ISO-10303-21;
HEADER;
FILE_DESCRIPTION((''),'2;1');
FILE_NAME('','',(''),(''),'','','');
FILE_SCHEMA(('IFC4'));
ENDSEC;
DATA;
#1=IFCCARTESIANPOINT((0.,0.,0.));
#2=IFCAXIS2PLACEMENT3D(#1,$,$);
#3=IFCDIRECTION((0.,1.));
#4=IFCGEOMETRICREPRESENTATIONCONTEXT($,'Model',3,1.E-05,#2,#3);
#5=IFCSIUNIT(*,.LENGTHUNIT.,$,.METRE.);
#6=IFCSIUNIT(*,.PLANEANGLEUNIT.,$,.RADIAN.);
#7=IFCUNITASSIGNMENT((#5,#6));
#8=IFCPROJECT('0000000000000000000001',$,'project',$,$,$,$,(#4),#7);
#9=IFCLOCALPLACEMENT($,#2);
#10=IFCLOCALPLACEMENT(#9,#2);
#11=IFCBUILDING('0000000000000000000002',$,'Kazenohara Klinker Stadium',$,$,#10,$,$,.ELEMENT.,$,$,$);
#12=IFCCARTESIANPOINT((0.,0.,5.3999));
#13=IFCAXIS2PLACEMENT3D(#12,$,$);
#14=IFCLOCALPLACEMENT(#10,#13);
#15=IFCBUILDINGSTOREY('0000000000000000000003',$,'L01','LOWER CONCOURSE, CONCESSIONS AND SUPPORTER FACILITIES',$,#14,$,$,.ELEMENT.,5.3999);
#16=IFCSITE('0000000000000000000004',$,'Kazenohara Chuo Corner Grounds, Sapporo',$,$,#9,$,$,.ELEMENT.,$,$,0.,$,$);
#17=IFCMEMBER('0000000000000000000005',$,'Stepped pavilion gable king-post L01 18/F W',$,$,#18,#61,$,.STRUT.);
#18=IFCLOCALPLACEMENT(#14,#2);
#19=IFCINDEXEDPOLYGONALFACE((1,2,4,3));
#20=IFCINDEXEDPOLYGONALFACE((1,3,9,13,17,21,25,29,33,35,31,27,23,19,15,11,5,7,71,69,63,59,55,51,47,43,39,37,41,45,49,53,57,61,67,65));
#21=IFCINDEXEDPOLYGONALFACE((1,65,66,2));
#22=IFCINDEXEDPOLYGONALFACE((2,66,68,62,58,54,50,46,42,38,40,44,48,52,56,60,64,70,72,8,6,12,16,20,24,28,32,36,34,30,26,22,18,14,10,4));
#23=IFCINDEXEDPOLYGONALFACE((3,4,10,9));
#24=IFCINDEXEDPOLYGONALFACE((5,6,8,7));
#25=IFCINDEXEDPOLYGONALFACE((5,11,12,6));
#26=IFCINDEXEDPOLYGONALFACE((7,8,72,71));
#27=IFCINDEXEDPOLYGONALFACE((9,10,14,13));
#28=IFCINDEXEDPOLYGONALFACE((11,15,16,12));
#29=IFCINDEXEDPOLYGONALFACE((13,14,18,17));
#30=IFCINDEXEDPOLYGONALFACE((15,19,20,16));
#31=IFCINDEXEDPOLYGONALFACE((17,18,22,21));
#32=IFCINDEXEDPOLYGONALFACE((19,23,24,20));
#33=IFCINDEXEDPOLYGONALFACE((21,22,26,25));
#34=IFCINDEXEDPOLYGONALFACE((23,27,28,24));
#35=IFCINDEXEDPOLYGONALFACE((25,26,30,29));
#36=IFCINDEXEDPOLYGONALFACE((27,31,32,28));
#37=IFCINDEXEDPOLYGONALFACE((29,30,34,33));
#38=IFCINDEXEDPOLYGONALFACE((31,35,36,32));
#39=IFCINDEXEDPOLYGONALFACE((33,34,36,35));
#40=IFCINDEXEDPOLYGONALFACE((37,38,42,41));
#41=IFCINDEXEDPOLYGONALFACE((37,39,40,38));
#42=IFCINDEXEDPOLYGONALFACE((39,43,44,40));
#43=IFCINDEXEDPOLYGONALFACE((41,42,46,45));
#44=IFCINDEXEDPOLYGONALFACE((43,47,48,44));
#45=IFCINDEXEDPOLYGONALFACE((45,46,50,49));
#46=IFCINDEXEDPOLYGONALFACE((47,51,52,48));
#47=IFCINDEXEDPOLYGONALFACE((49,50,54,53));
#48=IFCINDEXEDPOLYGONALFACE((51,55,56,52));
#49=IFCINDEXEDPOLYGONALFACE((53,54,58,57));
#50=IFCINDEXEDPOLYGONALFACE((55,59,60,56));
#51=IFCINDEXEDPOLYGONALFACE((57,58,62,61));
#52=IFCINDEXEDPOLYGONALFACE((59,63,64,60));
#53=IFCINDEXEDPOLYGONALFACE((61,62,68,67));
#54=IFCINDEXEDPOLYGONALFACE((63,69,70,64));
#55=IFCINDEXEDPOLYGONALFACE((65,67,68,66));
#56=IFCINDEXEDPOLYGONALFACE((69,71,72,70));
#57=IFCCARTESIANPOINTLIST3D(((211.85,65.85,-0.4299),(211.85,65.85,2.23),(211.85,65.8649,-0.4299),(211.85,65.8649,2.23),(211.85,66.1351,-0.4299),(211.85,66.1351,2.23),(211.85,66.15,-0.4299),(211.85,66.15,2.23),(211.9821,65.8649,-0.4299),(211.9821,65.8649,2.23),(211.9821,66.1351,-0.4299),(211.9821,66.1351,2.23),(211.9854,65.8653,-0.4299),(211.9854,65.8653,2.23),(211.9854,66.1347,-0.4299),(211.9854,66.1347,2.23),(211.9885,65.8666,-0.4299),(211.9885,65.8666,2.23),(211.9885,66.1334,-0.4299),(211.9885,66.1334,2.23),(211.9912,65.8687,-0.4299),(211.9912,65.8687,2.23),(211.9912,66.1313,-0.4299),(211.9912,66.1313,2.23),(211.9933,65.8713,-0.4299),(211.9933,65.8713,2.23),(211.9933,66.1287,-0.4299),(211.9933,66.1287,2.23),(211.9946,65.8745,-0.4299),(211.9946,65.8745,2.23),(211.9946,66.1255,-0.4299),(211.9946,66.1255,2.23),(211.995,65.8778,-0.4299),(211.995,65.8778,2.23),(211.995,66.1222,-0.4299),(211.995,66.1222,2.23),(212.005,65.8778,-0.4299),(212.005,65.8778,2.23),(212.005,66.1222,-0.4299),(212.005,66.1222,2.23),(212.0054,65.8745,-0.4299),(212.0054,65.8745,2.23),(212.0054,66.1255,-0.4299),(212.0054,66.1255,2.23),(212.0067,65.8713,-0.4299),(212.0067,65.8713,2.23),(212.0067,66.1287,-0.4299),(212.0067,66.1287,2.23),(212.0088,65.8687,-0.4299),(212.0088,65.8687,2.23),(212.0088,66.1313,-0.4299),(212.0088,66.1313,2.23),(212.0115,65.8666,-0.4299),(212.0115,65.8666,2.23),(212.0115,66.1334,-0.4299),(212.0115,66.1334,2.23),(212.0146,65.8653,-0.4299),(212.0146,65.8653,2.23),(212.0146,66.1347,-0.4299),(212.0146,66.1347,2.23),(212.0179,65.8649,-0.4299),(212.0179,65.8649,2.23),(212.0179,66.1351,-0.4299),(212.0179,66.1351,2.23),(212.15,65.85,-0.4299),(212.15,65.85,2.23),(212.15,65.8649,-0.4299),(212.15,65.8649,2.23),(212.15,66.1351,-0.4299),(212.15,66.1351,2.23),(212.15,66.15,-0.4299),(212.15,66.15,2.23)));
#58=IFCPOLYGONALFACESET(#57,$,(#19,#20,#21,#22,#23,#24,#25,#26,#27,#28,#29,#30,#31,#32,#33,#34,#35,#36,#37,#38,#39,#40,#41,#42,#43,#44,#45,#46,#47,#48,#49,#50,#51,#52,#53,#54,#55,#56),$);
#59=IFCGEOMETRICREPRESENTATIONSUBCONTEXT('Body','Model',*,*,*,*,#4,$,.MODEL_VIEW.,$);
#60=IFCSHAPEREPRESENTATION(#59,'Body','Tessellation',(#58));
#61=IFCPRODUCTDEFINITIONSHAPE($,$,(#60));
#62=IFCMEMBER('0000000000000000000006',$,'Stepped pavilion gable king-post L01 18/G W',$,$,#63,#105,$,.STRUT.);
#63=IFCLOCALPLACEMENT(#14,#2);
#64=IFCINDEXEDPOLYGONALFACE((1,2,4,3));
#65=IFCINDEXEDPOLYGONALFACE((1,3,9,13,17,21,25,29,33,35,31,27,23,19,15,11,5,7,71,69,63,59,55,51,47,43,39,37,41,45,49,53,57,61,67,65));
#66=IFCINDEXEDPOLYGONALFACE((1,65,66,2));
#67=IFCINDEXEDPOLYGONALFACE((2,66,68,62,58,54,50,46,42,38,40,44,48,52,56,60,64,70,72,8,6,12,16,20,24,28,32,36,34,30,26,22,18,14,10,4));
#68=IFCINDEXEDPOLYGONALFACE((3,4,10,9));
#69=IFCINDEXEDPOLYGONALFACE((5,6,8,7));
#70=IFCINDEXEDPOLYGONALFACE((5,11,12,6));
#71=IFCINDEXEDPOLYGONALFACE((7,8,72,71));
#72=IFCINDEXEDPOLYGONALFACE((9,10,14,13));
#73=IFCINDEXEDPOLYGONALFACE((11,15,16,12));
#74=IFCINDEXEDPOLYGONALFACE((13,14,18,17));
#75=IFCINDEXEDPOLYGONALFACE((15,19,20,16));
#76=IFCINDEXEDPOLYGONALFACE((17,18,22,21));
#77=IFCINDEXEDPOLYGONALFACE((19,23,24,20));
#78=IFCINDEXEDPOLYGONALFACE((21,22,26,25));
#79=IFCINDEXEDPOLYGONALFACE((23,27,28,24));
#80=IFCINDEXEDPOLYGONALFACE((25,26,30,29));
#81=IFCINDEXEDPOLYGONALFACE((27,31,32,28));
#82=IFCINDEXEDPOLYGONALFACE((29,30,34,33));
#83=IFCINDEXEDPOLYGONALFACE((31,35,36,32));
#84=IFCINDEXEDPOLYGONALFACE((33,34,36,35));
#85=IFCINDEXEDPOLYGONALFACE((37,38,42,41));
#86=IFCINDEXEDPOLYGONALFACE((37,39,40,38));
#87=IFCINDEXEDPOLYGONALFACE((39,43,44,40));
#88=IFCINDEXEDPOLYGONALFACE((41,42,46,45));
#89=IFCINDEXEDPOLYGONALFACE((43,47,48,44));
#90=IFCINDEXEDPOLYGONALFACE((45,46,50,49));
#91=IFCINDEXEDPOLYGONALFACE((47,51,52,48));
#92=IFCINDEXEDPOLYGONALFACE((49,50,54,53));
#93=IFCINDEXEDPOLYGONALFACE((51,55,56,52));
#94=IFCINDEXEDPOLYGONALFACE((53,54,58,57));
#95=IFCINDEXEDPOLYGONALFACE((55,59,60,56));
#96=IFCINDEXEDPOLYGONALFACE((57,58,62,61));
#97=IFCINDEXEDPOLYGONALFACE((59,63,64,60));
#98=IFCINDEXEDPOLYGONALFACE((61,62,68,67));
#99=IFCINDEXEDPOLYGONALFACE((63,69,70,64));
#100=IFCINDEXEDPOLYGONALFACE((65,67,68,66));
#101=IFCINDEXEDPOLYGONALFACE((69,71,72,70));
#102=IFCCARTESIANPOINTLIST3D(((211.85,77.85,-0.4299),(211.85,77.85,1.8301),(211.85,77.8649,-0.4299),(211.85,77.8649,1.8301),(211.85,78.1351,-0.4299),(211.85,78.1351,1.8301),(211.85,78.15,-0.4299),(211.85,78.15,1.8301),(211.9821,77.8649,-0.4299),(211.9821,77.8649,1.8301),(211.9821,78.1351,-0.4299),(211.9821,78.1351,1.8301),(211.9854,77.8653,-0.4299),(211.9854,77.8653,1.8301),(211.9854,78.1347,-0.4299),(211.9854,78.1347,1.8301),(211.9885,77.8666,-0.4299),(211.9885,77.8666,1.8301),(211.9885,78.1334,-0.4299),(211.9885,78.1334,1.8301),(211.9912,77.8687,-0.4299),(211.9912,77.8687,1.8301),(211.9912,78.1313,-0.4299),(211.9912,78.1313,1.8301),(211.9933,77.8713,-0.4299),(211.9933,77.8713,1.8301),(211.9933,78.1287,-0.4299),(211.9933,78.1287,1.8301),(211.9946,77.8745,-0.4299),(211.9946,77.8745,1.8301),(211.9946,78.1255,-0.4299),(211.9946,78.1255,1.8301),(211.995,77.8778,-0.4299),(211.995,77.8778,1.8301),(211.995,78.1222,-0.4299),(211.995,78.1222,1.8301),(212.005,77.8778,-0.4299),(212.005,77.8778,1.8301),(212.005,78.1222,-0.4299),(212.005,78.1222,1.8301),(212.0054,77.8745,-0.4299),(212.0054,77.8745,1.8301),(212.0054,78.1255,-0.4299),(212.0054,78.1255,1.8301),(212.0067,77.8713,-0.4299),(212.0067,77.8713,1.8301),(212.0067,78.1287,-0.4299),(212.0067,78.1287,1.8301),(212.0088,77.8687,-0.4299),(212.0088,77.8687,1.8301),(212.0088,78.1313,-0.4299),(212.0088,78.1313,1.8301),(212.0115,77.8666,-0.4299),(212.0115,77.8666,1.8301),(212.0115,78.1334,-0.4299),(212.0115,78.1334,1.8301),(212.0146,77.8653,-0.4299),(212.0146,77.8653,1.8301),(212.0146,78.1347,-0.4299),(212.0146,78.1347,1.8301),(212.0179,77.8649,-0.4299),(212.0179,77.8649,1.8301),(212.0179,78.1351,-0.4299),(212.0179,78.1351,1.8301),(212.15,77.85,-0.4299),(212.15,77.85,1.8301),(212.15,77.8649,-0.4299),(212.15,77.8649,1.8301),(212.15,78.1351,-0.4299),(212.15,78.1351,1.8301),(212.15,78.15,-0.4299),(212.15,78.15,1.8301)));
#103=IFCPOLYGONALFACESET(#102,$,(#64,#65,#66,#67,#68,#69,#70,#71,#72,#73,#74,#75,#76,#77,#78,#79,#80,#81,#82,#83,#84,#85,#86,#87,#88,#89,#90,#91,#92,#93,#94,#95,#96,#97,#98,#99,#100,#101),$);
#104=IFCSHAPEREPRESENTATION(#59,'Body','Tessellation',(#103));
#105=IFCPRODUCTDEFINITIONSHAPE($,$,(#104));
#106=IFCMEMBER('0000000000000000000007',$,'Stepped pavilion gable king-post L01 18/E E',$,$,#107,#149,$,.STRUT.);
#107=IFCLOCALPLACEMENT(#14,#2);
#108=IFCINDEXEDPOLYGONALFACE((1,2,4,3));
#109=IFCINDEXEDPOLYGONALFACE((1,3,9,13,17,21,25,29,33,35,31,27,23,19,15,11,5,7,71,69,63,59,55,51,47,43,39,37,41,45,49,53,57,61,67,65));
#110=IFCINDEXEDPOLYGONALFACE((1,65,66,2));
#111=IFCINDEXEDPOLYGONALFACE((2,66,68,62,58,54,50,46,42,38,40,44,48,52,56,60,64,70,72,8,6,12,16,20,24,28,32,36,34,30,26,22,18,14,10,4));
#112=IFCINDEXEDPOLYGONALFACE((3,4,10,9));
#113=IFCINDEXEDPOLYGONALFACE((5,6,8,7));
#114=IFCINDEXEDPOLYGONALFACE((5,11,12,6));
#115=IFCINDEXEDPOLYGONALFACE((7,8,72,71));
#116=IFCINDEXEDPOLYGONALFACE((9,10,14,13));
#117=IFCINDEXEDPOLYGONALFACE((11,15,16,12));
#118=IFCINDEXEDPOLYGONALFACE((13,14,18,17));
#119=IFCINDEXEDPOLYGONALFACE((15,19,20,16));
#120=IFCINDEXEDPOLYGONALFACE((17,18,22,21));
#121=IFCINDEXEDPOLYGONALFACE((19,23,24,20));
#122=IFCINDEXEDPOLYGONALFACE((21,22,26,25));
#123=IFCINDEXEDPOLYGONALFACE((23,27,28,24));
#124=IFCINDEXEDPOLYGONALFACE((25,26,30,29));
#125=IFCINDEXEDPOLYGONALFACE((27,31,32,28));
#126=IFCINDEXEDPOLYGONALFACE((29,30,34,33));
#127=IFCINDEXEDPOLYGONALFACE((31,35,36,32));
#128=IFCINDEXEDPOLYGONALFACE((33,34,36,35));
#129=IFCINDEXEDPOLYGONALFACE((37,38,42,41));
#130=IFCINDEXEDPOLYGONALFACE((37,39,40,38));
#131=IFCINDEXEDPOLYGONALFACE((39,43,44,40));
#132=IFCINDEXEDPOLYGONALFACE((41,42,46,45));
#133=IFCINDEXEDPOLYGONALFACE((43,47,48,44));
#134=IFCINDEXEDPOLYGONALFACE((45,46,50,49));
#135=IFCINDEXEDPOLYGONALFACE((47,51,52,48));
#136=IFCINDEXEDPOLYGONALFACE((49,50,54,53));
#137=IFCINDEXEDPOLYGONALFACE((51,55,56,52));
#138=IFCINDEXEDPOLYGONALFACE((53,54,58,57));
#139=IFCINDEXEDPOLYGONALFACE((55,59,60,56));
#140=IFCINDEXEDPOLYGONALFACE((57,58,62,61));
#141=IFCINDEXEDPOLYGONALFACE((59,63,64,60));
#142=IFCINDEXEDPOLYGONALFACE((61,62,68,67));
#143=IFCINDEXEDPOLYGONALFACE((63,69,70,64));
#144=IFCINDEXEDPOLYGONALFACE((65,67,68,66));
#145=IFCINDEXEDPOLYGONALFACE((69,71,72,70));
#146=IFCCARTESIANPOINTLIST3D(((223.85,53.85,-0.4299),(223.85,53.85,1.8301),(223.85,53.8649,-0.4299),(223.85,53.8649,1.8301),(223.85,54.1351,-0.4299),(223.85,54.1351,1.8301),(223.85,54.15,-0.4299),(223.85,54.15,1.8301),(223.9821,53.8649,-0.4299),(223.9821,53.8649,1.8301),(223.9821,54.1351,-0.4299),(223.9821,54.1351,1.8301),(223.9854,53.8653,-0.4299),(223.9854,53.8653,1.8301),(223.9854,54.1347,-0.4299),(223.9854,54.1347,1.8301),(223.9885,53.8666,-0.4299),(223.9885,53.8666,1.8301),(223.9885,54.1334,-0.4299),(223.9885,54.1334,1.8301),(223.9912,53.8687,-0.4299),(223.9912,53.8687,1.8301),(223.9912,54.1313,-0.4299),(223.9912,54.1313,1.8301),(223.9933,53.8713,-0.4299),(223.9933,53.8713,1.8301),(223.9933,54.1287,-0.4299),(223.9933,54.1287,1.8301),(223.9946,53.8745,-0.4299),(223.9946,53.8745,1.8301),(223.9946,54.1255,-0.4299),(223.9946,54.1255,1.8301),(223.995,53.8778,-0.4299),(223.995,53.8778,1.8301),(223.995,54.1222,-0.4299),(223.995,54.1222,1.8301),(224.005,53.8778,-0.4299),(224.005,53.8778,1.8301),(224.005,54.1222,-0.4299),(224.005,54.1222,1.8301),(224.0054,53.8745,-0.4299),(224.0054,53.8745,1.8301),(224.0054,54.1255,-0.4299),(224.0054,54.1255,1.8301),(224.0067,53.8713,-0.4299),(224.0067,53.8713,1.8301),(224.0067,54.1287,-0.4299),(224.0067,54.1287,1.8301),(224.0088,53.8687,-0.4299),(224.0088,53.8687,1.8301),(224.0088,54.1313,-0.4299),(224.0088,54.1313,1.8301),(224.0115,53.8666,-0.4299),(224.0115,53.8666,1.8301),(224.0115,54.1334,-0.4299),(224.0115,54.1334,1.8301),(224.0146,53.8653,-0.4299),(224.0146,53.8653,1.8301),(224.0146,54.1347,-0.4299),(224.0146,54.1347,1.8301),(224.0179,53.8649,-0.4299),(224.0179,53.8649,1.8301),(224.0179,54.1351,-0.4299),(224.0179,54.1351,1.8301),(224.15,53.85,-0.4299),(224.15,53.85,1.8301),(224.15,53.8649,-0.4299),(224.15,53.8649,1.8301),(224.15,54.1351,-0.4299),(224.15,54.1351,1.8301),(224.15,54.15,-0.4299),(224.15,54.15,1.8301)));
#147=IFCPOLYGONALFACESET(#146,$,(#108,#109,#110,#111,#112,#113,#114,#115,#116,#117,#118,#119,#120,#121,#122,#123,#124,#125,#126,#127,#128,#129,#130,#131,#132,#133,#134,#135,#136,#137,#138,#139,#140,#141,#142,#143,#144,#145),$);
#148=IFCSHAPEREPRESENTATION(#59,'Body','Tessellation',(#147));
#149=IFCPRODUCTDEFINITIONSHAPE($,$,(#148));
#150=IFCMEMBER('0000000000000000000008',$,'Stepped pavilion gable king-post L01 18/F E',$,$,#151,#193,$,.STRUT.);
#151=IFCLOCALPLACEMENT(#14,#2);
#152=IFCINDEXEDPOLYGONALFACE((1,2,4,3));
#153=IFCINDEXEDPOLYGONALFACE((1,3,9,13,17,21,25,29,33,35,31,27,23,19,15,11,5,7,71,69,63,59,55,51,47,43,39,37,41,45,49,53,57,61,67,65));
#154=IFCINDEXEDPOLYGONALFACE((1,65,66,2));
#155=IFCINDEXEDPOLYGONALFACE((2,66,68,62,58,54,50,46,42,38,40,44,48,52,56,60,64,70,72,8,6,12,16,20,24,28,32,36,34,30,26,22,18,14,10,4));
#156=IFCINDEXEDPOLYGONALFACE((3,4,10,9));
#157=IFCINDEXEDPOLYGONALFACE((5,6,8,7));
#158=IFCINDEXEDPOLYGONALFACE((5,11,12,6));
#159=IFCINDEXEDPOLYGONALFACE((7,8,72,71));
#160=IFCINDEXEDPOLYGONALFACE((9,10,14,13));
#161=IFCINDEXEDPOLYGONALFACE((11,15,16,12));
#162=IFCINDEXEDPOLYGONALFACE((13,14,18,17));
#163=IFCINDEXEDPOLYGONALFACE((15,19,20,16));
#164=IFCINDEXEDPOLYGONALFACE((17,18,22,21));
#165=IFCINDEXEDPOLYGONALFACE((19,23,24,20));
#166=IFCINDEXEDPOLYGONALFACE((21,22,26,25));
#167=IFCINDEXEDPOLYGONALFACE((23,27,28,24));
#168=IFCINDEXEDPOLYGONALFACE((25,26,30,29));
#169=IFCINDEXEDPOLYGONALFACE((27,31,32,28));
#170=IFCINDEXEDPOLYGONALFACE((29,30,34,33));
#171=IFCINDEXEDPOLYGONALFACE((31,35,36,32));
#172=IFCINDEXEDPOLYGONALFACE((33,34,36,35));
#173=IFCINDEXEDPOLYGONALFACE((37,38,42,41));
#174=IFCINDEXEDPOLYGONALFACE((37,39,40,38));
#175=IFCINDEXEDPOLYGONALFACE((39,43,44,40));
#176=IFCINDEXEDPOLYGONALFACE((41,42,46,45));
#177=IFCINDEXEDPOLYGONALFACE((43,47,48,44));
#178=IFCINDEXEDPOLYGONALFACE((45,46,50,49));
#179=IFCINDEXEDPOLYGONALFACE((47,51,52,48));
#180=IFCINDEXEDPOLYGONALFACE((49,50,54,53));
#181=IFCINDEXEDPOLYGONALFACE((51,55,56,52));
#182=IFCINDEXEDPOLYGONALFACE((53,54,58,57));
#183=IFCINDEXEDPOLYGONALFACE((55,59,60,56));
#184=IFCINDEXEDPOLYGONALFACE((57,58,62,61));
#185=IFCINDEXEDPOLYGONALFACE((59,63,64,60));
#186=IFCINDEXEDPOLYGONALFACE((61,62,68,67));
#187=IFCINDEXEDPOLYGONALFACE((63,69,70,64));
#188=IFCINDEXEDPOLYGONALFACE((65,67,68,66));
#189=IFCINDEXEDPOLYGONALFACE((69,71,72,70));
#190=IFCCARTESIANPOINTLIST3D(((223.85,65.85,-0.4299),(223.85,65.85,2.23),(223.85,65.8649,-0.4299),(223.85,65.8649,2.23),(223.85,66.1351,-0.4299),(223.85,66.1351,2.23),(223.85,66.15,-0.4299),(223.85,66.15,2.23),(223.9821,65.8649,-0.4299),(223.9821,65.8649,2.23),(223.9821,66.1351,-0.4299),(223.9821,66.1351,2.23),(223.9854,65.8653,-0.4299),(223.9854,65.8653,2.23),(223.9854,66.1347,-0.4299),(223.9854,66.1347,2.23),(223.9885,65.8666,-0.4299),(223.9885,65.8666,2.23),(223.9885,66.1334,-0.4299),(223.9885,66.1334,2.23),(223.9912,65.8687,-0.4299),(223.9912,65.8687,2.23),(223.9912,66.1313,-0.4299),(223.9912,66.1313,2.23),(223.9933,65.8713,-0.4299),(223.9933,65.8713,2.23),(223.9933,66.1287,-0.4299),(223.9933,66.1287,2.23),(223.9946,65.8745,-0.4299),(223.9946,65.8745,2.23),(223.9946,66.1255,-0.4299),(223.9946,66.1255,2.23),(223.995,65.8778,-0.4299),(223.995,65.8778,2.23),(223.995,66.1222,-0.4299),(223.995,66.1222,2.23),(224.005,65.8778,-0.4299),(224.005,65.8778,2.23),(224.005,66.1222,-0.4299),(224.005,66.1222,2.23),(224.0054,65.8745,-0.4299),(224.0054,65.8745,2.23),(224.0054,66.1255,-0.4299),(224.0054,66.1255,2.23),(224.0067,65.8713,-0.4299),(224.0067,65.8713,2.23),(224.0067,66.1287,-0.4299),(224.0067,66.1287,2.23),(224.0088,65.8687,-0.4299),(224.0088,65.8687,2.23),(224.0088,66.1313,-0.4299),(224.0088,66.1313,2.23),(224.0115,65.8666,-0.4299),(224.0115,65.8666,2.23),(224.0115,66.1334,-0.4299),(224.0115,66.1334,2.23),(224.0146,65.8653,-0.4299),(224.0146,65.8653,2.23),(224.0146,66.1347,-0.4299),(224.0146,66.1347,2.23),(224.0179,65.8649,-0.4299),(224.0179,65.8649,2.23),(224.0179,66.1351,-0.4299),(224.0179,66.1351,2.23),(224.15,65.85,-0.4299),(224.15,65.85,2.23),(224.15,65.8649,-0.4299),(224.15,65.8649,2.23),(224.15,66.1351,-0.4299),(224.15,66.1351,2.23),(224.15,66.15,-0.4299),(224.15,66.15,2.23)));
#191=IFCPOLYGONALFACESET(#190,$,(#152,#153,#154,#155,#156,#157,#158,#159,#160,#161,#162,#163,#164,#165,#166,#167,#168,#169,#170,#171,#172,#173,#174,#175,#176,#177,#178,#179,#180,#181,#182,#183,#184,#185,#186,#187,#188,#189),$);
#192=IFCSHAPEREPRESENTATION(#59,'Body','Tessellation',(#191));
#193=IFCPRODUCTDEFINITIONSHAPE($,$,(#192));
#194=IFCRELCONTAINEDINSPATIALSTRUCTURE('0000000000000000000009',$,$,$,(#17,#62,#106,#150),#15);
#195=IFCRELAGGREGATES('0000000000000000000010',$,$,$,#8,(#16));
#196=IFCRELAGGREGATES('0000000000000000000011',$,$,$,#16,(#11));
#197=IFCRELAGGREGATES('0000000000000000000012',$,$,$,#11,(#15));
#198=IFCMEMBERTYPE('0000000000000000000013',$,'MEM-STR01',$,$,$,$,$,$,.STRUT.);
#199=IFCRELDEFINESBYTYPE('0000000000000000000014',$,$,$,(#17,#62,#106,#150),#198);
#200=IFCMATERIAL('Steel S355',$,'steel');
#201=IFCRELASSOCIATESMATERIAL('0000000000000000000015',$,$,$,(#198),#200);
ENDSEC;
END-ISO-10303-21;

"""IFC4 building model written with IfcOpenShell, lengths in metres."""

from ifc_helpers import new_model, si_unit, direction, frame, origin, origin_2d, place, context, subcontext, project, spatial, i_section, extrude, material, material_profile, profile_set, type_object, element, save


model = new_model("IFC4")

# Units and contexts
model_context = context("Model", 3, precision=1e-05, world=origin(), true_north=direction((0.0, 1.0)))
body_context = subcontext(model_context, "Body", "Model", "MODEL_VIEW")
ifc_project = project(units=[si_unit("LENGTHUNIT", "METRE"), si_unit("PLANEANGLEUNIT", "RADIAN")], contexts=[model_context])

# Site, building, storey
site_placement = place(None, origin())
site = spatial("IfcSite", under=ifc_project, at=site_placement, Name="Kazenohara Chuo Corner Grounds, Sapporo", CompositionType="ELEMENT", RefElevation=0.0)
building_placement = place(site_placement, origin())
building = spatial("IfcBuilding", under=site, at=building_placement, Name="Kazenohara Klinker Stadium", CompositionType="ELEMENT")
storey_placement = place(building_placement, frame((0.0, 0.0, 5.3999)))
storey = spatial("IfcBuildingStorey", under=building, at=storey_placement, Name="L01", Description="LOWER CONCOURSE, CONCESSIONS AND SUPPORTER FACILITIES", CompositionType="ELEMENT", Elevation=5.3999)

# Shared definitions
ifc_material_1 = material(Name="Steel S355", Category="steel")

# Members
ifc_material_profile_1 = material_profile(ifc_material_1, i_section(OverallWidth=0.3, OverallDepth=0.3, WebThickness=0.01, FlangeThickness=0.0149, FilletRadius=0.0129, at=origin_2d()), Name="H-300x300x10x15")
ifc_profile_set_1 = profile_set([ifc_material_profile_1], Name="Steel S355")
member_type_1 = type_object("IfcMemberType", Name="MEM-STR01", PredefinedType="STRUT", material=ifc_profile_set_1)
member_1_placement = place(storey_placement, frame((212.0, 66.0, -0.4299), z_axis=(0.0, 0.0, 1.0), x_axis=(1.0, 0.0, 0.0)))
element("IfcMember", 1, at=member_1_placement, inside=storey, type_object=member_type_1, Name="Stepped pavilion gable king-post L01 18/F W", PredefinedType="STRUT", context=body_context, shape_type="SweptSolid", body=[
    extrude(i_section(OverallWidth=0.3, OverallDepth=0.3, WebThickness=0.01, FlangeThickness=0.0149, FilletRadius=0.0129, at=origin_2d()), origin(), (0.0, 0.0, 1.0), 2.6599),
])
for number, where, z_axis, x_axis, name in (
    (2, (212.0, 78.0, -0.4299), (0.0, 0.0, 1.0), (1.0, 0.0, 0.0), "Stepped pavilion gable king-post L01 18/G W"),
    (3, (224.0, 54.0, -0.4299), (0.0, 0.0, 1.0), (1.0, 0.0, 0.0), "Stepped pavilion gable king-post L01 18/E E"),
):
    element("IfcMember", number, at=place(storey_placement, frame(where, z_axis=z_axis, x_axis=x_axis)), inside=storey, type_object=member_type_1, Name=name, PredefinedType="STRUT", context=body_context, shape_type="SweptSolid", body=[
        extrude(i_section(OverallWidth=0.3, OverallDepth=0.3, WebThickness=0.01, FlangeThickness=0.0149, FilletRadius=0.0129, at=origin_2d()), origin(), (0.0, 0.0, 1.0), 2.26),
    ])
member_2_placement = place(storey_placement, frame((224.0, 66.0, -0.4299), z_axis=(0.0, 0.0, 1.0), x_axis=(1.0, 0.0, 0.0)))
element("IfcMember", 4, at=member_2_placement, inside=storey, type_object=member_type_1, Name="Stepped pavilion gable king-post L01 18/F E", PredefinedType="STRUT", context=body_context, shape_type="SweptSolid", body=[
    extrude(i_section(OverallWidth=0.3, OverallDepth=0.3, WebThickness=0.01, FlangeThickness=0.0149, FilletRadius=0.0129, at=origin_2d()), origin(), (0.0, 0.0, 1.0), 2.6599),
])

save(model, "model.ifc")
